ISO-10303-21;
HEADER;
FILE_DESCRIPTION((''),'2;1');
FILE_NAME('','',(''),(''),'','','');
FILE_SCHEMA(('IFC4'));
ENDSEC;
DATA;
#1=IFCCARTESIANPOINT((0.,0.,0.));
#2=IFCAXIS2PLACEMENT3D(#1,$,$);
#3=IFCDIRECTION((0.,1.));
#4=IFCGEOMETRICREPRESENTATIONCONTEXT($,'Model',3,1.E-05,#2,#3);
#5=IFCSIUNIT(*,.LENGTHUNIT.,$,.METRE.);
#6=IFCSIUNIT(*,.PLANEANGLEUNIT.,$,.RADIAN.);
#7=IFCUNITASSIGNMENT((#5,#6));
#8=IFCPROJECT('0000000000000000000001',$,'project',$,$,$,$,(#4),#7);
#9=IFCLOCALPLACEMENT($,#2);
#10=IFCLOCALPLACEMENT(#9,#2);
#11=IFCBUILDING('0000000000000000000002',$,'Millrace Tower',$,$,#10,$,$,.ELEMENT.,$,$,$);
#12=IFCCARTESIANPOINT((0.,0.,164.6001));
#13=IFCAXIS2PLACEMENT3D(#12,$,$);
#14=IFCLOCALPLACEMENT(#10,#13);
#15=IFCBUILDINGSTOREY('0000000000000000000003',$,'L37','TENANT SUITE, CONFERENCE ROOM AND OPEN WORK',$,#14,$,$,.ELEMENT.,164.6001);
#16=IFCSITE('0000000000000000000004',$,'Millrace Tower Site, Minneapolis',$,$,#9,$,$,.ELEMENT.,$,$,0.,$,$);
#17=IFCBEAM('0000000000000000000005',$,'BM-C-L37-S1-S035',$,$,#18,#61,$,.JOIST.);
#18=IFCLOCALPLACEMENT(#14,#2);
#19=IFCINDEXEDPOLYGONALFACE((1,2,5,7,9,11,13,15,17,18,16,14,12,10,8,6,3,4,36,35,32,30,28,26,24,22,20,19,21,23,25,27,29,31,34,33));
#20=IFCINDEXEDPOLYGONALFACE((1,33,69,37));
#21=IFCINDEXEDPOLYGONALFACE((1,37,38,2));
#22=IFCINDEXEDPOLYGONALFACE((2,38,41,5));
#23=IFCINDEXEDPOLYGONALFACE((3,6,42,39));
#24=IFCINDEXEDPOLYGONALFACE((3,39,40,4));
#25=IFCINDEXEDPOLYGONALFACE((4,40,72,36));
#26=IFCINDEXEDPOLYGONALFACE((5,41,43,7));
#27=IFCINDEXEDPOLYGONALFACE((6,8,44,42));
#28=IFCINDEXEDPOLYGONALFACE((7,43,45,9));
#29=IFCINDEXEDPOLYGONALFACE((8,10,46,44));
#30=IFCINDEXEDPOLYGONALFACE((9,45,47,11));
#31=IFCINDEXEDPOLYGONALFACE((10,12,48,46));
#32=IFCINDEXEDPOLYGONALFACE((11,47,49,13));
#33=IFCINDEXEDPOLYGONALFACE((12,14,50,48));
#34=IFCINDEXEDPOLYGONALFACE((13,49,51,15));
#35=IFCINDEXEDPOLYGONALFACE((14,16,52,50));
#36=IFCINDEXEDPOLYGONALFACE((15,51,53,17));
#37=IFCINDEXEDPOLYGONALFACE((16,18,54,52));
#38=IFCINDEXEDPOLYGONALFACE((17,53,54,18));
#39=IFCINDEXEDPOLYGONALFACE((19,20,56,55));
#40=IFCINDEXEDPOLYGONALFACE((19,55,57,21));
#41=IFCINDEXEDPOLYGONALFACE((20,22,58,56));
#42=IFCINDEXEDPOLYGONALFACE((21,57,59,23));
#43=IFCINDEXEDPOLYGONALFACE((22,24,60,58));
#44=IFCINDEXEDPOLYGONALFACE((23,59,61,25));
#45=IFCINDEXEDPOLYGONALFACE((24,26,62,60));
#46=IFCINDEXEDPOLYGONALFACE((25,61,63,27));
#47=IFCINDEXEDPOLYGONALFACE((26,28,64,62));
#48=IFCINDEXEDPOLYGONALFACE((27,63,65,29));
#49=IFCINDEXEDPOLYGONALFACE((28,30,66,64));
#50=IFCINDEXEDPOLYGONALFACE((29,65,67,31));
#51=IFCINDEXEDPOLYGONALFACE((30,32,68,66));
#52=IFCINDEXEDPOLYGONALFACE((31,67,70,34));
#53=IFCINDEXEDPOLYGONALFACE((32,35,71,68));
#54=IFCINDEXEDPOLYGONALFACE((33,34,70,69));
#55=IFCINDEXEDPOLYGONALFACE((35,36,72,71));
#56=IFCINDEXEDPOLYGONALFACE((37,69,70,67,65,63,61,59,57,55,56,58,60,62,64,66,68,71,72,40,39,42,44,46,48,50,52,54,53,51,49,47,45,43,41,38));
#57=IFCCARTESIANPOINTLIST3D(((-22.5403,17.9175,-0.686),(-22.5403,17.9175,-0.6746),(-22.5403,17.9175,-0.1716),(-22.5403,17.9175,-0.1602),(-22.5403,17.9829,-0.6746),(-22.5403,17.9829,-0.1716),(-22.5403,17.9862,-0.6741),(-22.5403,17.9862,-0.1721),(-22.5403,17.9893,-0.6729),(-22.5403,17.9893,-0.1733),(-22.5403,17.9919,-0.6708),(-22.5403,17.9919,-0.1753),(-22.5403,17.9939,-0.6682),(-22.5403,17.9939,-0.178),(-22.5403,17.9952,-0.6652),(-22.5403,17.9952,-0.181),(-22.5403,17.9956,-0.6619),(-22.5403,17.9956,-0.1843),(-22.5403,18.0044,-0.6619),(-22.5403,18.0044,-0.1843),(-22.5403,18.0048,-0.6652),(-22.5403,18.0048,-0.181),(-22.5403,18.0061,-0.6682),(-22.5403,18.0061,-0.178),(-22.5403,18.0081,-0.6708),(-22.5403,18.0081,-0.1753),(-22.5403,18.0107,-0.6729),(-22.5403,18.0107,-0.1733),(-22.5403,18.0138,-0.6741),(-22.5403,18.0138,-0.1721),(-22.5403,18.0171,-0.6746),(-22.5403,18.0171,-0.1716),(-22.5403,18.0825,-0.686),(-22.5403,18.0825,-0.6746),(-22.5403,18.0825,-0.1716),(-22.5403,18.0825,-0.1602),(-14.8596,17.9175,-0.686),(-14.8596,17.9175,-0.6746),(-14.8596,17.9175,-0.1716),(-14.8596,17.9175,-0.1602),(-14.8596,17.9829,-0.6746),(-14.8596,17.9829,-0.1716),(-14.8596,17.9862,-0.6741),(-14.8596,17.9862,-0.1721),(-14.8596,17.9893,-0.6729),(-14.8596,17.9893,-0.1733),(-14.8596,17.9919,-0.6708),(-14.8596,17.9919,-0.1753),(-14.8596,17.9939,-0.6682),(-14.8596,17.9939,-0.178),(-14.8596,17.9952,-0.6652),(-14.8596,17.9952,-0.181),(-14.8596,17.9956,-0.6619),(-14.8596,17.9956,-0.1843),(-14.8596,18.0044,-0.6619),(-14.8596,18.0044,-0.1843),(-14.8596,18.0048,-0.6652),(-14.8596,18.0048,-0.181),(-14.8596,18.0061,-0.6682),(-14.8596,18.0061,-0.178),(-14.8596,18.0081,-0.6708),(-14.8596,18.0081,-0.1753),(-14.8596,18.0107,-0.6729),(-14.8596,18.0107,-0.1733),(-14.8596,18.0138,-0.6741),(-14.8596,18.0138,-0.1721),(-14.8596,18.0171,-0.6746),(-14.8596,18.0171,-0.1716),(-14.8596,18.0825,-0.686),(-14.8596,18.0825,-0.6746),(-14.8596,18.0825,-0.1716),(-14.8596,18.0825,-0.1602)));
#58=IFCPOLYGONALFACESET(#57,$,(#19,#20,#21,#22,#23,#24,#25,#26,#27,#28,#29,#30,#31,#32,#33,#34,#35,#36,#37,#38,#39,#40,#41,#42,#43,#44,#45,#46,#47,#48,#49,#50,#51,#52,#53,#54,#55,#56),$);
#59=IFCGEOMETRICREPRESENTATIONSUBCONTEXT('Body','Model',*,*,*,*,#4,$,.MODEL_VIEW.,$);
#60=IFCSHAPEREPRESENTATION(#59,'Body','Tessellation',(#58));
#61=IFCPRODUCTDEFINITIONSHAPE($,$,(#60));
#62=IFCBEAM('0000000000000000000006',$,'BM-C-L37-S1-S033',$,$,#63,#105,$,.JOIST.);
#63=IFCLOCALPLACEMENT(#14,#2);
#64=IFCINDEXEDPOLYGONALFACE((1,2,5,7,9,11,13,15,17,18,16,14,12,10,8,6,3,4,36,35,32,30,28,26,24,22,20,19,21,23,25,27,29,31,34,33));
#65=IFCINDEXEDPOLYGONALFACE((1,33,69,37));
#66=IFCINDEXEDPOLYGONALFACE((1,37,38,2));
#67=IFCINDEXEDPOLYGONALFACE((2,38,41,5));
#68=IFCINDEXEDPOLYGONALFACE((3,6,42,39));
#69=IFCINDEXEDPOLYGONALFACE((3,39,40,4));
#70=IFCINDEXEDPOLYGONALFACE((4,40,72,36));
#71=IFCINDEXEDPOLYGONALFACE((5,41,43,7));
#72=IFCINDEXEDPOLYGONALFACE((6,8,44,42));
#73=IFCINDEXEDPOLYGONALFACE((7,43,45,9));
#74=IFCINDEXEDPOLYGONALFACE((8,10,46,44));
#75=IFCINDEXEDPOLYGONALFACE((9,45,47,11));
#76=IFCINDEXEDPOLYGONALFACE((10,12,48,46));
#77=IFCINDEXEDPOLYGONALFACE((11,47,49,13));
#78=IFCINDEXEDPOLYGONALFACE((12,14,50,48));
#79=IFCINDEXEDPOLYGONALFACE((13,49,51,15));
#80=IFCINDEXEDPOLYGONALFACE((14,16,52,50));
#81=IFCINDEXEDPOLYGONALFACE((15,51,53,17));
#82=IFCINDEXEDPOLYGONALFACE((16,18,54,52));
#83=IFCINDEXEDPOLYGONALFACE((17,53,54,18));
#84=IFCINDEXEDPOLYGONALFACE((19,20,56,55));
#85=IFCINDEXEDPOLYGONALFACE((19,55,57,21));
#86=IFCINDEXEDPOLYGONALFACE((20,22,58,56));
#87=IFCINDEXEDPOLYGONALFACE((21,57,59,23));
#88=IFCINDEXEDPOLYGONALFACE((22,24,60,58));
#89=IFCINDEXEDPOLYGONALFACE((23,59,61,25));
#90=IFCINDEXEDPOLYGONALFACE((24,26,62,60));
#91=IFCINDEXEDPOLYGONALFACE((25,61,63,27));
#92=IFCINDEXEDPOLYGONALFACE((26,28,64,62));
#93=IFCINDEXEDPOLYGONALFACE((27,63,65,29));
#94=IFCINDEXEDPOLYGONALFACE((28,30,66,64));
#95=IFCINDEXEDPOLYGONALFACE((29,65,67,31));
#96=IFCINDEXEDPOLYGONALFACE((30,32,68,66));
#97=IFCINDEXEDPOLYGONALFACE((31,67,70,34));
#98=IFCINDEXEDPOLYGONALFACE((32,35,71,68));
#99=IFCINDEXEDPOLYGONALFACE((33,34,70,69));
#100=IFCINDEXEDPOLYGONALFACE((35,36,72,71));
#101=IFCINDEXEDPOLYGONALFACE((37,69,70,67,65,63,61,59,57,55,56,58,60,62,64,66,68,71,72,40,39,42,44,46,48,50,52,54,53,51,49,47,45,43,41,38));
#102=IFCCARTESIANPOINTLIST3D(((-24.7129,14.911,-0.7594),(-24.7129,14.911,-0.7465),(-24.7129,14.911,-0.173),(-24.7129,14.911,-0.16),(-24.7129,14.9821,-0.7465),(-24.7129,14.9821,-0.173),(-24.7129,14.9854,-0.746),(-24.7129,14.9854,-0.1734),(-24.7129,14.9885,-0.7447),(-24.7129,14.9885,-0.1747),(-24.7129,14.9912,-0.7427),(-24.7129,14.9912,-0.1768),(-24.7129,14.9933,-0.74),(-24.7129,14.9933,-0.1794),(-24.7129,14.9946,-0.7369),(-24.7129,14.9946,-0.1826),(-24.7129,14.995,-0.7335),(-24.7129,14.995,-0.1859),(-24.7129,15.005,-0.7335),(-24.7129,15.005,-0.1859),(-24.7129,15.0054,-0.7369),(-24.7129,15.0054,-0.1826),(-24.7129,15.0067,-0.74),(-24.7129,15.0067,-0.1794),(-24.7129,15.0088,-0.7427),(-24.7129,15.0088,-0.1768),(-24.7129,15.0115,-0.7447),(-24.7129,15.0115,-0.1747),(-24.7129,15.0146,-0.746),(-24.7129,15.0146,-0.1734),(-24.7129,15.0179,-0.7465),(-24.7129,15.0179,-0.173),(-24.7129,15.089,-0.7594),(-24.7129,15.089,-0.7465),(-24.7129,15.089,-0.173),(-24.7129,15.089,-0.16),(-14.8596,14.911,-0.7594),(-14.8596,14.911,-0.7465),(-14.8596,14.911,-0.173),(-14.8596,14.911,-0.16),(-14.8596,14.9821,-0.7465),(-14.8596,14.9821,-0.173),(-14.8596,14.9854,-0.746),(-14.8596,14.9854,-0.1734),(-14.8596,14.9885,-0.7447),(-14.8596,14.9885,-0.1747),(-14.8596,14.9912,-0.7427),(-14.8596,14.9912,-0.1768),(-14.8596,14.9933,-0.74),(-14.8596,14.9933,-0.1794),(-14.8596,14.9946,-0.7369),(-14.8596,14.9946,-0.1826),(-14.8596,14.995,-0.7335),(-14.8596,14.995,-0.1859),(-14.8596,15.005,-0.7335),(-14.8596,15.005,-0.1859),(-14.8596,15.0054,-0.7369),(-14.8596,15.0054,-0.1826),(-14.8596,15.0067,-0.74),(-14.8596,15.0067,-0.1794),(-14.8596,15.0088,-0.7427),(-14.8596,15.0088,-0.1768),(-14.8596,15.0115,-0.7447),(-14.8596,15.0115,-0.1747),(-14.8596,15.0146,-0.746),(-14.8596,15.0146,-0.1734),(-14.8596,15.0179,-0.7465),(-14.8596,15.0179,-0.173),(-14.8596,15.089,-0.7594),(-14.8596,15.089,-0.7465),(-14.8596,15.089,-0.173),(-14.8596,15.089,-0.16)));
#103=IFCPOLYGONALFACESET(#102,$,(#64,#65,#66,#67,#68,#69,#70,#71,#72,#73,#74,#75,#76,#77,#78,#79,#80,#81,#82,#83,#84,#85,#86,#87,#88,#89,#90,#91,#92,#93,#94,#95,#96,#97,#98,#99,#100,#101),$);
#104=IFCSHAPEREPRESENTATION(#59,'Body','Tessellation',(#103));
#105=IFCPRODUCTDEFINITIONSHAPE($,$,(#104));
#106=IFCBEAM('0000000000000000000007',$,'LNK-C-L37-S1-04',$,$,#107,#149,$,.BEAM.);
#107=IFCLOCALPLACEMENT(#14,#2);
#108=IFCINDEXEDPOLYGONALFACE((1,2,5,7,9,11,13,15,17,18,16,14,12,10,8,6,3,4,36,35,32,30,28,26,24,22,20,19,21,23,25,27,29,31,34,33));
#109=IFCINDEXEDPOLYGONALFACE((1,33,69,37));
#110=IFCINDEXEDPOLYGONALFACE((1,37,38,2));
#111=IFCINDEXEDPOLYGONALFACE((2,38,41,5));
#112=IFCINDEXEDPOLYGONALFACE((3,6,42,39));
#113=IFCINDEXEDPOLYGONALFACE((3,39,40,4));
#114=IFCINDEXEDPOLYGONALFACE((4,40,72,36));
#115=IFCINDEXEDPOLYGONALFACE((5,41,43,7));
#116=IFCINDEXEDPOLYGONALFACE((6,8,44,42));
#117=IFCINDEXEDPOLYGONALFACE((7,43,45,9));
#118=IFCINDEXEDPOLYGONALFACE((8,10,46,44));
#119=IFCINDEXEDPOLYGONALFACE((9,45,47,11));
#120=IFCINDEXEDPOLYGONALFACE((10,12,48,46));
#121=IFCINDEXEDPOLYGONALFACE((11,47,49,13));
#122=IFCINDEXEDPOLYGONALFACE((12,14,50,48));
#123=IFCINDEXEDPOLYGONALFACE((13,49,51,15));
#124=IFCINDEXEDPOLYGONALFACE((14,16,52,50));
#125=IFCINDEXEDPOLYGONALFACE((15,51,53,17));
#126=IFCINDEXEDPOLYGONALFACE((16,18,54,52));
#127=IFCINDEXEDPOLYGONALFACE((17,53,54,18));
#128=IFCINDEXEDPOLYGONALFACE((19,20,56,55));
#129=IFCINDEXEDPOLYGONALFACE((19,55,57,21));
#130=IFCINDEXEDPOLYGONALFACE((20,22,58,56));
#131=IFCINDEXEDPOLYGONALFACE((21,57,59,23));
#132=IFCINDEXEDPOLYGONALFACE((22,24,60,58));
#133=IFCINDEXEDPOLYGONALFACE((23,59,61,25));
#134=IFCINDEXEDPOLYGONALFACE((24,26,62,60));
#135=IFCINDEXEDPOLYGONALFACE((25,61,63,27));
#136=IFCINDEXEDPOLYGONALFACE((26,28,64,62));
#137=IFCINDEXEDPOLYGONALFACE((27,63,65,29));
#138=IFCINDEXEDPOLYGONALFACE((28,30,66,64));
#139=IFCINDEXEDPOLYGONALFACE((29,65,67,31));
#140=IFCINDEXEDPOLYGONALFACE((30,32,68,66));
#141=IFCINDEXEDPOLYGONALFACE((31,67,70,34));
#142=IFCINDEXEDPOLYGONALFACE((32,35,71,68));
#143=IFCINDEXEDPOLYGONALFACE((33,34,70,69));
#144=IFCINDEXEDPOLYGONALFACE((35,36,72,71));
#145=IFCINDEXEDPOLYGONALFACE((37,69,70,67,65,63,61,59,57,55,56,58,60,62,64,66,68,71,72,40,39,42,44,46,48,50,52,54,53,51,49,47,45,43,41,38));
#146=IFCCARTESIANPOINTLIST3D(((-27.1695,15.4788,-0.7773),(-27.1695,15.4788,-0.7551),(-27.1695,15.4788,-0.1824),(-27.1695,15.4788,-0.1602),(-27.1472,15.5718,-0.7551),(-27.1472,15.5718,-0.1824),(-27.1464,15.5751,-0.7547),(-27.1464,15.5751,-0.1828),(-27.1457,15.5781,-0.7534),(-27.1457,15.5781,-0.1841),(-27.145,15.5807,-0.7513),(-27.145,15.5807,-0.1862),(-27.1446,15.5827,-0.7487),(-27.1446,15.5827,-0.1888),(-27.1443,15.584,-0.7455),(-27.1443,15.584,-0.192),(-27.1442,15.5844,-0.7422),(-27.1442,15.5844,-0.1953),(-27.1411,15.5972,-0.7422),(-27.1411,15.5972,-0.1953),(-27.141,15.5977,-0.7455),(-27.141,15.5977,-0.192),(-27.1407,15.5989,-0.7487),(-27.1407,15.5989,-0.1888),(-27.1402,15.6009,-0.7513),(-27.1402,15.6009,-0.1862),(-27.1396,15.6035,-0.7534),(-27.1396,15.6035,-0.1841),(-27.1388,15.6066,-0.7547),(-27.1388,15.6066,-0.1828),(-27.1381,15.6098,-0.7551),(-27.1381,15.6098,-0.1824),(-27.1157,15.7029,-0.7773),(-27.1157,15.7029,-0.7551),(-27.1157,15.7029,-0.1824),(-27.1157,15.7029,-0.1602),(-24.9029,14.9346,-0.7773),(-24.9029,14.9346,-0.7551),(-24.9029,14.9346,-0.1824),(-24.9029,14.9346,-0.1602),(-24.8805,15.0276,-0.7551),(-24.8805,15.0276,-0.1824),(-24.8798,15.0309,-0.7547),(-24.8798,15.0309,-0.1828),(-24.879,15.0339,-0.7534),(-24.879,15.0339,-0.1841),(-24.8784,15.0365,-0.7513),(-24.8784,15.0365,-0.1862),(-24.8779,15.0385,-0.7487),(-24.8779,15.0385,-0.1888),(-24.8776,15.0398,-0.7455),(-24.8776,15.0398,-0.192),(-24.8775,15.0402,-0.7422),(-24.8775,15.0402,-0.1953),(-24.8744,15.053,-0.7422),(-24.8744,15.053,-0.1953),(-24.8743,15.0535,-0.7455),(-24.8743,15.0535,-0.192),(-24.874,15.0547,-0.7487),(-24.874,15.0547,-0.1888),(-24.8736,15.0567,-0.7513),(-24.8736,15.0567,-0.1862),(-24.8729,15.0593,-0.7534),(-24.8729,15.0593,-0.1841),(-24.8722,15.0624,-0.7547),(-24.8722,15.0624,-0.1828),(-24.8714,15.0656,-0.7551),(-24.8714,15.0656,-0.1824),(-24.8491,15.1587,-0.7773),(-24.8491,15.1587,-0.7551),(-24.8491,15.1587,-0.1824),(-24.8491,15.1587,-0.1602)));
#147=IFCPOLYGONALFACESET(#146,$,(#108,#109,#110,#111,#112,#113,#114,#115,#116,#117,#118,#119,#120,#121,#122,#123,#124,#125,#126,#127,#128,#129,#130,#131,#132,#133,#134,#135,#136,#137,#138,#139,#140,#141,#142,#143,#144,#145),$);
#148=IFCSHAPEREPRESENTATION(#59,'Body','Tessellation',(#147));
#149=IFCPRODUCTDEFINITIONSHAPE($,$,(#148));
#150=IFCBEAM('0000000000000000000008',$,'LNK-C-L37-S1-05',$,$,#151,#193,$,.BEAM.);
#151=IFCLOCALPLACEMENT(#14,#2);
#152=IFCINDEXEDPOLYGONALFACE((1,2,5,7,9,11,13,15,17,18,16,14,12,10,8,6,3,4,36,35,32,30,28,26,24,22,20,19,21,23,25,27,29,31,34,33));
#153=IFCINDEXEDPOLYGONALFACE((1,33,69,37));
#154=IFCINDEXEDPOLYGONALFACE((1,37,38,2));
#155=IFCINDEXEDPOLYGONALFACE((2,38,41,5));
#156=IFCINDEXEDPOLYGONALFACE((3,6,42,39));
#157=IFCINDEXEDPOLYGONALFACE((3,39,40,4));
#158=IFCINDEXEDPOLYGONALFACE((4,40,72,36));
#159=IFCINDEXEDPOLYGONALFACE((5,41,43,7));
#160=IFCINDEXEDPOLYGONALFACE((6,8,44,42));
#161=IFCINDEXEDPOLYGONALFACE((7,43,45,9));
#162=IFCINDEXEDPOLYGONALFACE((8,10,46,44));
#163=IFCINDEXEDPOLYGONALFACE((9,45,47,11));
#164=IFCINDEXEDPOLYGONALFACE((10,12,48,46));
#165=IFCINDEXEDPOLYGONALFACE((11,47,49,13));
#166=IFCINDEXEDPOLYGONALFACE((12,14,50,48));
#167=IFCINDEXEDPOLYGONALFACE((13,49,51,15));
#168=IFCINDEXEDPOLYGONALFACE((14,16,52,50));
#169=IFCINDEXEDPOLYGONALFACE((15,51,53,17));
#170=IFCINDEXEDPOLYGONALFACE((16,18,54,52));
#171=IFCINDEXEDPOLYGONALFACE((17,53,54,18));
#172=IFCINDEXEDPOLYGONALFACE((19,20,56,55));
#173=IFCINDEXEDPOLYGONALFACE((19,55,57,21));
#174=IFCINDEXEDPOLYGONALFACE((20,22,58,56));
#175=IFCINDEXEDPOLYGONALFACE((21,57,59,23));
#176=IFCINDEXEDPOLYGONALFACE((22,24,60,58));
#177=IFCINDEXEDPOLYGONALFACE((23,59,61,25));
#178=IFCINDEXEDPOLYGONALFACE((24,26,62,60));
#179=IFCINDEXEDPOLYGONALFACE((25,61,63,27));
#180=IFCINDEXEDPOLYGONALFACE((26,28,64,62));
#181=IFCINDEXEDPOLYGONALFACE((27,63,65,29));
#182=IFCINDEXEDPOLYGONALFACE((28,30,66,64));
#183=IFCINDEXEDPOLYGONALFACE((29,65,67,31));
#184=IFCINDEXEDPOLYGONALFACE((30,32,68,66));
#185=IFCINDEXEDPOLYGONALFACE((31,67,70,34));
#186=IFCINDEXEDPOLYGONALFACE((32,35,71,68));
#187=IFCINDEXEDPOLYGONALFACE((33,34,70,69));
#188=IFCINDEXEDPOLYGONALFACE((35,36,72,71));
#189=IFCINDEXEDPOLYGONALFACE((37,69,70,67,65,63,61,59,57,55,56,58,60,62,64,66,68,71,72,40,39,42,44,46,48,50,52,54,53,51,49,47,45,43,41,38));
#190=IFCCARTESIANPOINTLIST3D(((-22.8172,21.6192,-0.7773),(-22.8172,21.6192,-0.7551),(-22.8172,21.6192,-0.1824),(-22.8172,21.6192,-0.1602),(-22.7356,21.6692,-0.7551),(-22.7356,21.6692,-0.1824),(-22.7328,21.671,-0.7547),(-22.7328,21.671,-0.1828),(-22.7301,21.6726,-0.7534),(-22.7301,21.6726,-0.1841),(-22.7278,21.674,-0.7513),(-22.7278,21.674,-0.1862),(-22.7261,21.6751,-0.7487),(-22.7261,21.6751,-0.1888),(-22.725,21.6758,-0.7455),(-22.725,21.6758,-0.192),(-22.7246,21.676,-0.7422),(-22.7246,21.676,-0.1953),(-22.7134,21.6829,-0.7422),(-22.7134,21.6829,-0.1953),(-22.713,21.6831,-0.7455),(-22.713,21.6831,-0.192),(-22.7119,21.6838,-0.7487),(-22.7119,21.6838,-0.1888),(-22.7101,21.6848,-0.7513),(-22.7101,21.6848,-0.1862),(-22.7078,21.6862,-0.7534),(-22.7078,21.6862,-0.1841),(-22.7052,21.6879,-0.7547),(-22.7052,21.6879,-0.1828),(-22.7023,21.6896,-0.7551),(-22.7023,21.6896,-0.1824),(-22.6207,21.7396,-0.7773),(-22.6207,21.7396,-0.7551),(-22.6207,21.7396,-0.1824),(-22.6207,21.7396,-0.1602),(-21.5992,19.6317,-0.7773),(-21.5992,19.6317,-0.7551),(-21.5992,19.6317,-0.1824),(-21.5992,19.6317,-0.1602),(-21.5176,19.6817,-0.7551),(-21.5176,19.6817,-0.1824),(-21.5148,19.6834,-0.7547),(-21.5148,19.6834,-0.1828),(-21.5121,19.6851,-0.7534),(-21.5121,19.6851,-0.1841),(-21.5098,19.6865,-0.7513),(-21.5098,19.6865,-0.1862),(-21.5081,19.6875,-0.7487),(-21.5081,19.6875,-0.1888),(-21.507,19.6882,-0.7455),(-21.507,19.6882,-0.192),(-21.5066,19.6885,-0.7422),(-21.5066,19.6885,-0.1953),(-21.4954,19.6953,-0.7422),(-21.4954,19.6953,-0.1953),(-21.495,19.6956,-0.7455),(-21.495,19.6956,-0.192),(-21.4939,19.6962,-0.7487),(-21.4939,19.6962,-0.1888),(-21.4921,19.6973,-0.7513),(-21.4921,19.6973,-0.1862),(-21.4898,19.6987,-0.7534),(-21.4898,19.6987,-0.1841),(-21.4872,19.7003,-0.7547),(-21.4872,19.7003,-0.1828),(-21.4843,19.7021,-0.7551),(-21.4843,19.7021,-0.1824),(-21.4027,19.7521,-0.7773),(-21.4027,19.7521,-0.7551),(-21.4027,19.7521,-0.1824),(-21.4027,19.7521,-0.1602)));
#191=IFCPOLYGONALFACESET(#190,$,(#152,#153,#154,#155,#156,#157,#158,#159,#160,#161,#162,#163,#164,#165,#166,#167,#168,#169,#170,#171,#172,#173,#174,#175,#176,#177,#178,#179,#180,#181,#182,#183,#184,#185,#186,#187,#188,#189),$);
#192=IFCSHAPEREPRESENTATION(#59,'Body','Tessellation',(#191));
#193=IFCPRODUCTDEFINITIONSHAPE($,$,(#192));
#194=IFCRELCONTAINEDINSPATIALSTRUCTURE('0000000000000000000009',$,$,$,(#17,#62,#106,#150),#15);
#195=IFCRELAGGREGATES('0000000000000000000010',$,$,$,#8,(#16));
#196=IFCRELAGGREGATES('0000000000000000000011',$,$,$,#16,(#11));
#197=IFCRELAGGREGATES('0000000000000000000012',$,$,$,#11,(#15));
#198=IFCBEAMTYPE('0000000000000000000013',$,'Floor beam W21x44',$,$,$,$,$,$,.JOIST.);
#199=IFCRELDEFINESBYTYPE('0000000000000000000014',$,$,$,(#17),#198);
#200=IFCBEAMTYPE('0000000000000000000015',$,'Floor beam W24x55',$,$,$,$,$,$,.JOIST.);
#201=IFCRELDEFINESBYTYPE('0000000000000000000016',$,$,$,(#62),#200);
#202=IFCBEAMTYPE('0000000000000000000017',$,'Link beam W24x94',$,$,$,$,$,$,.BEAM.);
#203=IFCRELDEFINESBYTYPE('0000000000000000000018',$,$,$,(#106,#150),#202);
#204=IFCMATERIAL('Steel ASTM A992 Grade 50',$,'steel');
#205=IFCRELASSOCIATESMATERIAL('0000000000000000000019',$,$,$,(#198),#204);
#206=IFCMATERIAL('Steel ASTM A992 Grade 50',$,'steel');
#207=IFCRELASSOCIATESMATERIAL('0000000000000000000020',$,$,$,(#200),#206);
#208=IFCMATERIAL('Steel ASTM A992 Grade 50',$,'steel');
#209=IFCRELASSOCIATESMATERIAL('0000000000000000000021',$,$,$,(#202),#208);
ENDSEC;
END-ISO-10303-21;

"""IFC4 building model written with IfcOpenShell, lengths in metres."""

from ifc_helpers import new_model, si_unit, direction, frame, origin, origin_2d, place, context, subcontext, project, spatial, i_section, extrude, material, material_profile, profile_set, type_object, element, save


model = new_model("IFC4")

# Units and contexts
model_context = context("Model", 3, precision=1e-05, world=origin(), true_north=direction((0.0, 1.0)))
body_context = subcontext(model_context, "Body", "Model", "MODEL_VIEW")
ifc_project = project(units=[si_unit("LENGTHUNIT", "METRE"), si_unit("PLANEANGLEUNIT", "RADIAN")], contexts=[model_context])

# Site, building, storey
site_placement = place(None, origin())
site = spatial("IfcSite", under=ifc_project, at=site_placement, Name="Millrace Tower Site, Minneapolis", CompositionType="ELEMENT", RefElevation=0.0)
building_placement = place(site_placement, origin())
building = spatial("IfcBuilding", under=site, at=building_placement, Name="Millrace Tower", CompositionType="ELEMENT")
storey_placement = place(building_placement, frame((0.0, 0.0, 164.6001)))
storey = spatial("IfcBuildingStorey", under=building, at=storey_placement, Name="L37", Description="TENANT SUITE, CONFERENCE ROOM AND OPEN WORK", CompositionType="ELEMENT", Elevation=164.6001)

# Beams
ifc_material_1 = material(Name="Steel ASTM A992 Grade 50", Category="steel")
ifc_material_profile_1 = material_profile(ifc_material_1, i_section(OverallWidth=0.165, OverallDepth=0.5259, WebThickness=0.0088, FlangeThickness=0.0115, FilletRadius=0.0127, at=origin_2d()))
ifc_profile_set_1 = profile_set([ifc_material_profile_1], Name="Steel ASTM A992 Grade 50")
beam_type_1 = type_object("IfcBeamType", Name="Floor beam W21x44", PredefinedType="JOIST", material=ifc_profile_set_1)
beam_1_placement = place(storey_placement, frame((-22.5403, 18.0, -0.4231), z_axis=(1.0, 0.0, 0.0), x_axis=(0.0, 1.0, 0.0)))
element("IfcBeam", 1, at=beam_1_placement, inside=storey, type_object=beam_type_1, Name="BM-C-L37-S1-S035", PredefinedType="JOIST", context=body_context, shape_type="SweptSolid", body=[
    extrude(i_section(OverallWidth=0.165, OverallDepth=0.5259, WebThickness=0.0088, FlangeThickness=0.0115, FilletRadius=0.0127, at=origin_2d()), origin(), (0.0, 0.0, 1.0), 7.6807),
])
ifc_material_2 = material(Name="Steel ASTM A992 Grade 50", Category="steel")
ifc_material_profile_2 = material_profile(ifc_material_2, i_section(OverallWidth=0.178, OverallDepth=0.5994, WebThickness=0.01, FlangeThickness=0.0129, FilletRadius=0.0129, at=origin_2d()))
ifc_profile_set_2 = profile_set([ifc_material_profile_2], Name="Steel ASTM A992 Grade 50")
beam_type_2 = type_object("IfcBeamType", Name="Floor beam W24x55", PredefinedType="JOIST", material=ifc_profile_set_2)
beam_2_placement = place(storey_placement, frame((-24.7129, 15.0, -0.4597), z_axis=(1.0, 0.0, 0.0), x_axis=(0.0, 1.0, 0.0)))
element("IfcBeam", 2, at=beam_2_placement, inside=storey, type_object=beam_type_2, Name="BM-C-L37-S1-S033", PredefinedType="JOIST", context=body_context, shape_type="SweptSolid", body=[
    extrude(i_section(OverallWidth=0.178, OverallDepth=0.5994, WebThickness=0.01, FlangeThickness=0.0129, FilletRadius=0.0129, at=origin_2d()), origin(), (0.0, 0.0, 1.0), 9.8533),
])
ifc_material_3 = material(Name="Steel ASTM A992 Grade 50", Category="steel")
ifc_material_profile_3 = material_profile(ifc_material_3, i_section(OverallWidth=0.2305, OverallDepth=0.6172, WebThickness=0.0132, FlangeThickness=0.0222, FilletRadius=0.0129, at=origin_2d()))
ifc_profile_set_3 = profile_set([ifc_material_profile_3], Name="Steel ASTM A992 Grade 50")
beam_type_3 = type_object("IfcBeamType", Name="Link beam W24x94", PredefinedType="BEAM", material=ifc_profile_set_3)
for number, where, z_axis, x_axis, name in (
    (3, (-24.876, 15.0466, -0.4688), (-0.972367, 0.233456, 0.0), (-0.233456, -0.972367, 0.0), "LNK-C-L37-S1-04"),
    (4, (-21.501, 19.6919, -0.4688), (-0.522513, 0.852631, 0.0), (-0.852631, -0.522513, 0.0), "LNK-C-L37-S1-05"),
):
    element("IfcBeam", number, at=place(storey_placement, frame(where, z_axis=z_axis, x_axis=x_axis)), inside=storey, type_object=beam_type_3, Name=name, PredefinedType="BEAM", context=body_context, shape_type="SweptSolid", body=[
        extrude(i_section(OverallWidth=0.2305, OverallDepth=0.6172, WebThickness=0.0132, FlangeThickness=0.0222, FilletRadius=0.0129, at=origin_2d()), origin(), (0.0, 0.0, 1.0), 2.3311),
    ])

save(model, "model.ifc")
